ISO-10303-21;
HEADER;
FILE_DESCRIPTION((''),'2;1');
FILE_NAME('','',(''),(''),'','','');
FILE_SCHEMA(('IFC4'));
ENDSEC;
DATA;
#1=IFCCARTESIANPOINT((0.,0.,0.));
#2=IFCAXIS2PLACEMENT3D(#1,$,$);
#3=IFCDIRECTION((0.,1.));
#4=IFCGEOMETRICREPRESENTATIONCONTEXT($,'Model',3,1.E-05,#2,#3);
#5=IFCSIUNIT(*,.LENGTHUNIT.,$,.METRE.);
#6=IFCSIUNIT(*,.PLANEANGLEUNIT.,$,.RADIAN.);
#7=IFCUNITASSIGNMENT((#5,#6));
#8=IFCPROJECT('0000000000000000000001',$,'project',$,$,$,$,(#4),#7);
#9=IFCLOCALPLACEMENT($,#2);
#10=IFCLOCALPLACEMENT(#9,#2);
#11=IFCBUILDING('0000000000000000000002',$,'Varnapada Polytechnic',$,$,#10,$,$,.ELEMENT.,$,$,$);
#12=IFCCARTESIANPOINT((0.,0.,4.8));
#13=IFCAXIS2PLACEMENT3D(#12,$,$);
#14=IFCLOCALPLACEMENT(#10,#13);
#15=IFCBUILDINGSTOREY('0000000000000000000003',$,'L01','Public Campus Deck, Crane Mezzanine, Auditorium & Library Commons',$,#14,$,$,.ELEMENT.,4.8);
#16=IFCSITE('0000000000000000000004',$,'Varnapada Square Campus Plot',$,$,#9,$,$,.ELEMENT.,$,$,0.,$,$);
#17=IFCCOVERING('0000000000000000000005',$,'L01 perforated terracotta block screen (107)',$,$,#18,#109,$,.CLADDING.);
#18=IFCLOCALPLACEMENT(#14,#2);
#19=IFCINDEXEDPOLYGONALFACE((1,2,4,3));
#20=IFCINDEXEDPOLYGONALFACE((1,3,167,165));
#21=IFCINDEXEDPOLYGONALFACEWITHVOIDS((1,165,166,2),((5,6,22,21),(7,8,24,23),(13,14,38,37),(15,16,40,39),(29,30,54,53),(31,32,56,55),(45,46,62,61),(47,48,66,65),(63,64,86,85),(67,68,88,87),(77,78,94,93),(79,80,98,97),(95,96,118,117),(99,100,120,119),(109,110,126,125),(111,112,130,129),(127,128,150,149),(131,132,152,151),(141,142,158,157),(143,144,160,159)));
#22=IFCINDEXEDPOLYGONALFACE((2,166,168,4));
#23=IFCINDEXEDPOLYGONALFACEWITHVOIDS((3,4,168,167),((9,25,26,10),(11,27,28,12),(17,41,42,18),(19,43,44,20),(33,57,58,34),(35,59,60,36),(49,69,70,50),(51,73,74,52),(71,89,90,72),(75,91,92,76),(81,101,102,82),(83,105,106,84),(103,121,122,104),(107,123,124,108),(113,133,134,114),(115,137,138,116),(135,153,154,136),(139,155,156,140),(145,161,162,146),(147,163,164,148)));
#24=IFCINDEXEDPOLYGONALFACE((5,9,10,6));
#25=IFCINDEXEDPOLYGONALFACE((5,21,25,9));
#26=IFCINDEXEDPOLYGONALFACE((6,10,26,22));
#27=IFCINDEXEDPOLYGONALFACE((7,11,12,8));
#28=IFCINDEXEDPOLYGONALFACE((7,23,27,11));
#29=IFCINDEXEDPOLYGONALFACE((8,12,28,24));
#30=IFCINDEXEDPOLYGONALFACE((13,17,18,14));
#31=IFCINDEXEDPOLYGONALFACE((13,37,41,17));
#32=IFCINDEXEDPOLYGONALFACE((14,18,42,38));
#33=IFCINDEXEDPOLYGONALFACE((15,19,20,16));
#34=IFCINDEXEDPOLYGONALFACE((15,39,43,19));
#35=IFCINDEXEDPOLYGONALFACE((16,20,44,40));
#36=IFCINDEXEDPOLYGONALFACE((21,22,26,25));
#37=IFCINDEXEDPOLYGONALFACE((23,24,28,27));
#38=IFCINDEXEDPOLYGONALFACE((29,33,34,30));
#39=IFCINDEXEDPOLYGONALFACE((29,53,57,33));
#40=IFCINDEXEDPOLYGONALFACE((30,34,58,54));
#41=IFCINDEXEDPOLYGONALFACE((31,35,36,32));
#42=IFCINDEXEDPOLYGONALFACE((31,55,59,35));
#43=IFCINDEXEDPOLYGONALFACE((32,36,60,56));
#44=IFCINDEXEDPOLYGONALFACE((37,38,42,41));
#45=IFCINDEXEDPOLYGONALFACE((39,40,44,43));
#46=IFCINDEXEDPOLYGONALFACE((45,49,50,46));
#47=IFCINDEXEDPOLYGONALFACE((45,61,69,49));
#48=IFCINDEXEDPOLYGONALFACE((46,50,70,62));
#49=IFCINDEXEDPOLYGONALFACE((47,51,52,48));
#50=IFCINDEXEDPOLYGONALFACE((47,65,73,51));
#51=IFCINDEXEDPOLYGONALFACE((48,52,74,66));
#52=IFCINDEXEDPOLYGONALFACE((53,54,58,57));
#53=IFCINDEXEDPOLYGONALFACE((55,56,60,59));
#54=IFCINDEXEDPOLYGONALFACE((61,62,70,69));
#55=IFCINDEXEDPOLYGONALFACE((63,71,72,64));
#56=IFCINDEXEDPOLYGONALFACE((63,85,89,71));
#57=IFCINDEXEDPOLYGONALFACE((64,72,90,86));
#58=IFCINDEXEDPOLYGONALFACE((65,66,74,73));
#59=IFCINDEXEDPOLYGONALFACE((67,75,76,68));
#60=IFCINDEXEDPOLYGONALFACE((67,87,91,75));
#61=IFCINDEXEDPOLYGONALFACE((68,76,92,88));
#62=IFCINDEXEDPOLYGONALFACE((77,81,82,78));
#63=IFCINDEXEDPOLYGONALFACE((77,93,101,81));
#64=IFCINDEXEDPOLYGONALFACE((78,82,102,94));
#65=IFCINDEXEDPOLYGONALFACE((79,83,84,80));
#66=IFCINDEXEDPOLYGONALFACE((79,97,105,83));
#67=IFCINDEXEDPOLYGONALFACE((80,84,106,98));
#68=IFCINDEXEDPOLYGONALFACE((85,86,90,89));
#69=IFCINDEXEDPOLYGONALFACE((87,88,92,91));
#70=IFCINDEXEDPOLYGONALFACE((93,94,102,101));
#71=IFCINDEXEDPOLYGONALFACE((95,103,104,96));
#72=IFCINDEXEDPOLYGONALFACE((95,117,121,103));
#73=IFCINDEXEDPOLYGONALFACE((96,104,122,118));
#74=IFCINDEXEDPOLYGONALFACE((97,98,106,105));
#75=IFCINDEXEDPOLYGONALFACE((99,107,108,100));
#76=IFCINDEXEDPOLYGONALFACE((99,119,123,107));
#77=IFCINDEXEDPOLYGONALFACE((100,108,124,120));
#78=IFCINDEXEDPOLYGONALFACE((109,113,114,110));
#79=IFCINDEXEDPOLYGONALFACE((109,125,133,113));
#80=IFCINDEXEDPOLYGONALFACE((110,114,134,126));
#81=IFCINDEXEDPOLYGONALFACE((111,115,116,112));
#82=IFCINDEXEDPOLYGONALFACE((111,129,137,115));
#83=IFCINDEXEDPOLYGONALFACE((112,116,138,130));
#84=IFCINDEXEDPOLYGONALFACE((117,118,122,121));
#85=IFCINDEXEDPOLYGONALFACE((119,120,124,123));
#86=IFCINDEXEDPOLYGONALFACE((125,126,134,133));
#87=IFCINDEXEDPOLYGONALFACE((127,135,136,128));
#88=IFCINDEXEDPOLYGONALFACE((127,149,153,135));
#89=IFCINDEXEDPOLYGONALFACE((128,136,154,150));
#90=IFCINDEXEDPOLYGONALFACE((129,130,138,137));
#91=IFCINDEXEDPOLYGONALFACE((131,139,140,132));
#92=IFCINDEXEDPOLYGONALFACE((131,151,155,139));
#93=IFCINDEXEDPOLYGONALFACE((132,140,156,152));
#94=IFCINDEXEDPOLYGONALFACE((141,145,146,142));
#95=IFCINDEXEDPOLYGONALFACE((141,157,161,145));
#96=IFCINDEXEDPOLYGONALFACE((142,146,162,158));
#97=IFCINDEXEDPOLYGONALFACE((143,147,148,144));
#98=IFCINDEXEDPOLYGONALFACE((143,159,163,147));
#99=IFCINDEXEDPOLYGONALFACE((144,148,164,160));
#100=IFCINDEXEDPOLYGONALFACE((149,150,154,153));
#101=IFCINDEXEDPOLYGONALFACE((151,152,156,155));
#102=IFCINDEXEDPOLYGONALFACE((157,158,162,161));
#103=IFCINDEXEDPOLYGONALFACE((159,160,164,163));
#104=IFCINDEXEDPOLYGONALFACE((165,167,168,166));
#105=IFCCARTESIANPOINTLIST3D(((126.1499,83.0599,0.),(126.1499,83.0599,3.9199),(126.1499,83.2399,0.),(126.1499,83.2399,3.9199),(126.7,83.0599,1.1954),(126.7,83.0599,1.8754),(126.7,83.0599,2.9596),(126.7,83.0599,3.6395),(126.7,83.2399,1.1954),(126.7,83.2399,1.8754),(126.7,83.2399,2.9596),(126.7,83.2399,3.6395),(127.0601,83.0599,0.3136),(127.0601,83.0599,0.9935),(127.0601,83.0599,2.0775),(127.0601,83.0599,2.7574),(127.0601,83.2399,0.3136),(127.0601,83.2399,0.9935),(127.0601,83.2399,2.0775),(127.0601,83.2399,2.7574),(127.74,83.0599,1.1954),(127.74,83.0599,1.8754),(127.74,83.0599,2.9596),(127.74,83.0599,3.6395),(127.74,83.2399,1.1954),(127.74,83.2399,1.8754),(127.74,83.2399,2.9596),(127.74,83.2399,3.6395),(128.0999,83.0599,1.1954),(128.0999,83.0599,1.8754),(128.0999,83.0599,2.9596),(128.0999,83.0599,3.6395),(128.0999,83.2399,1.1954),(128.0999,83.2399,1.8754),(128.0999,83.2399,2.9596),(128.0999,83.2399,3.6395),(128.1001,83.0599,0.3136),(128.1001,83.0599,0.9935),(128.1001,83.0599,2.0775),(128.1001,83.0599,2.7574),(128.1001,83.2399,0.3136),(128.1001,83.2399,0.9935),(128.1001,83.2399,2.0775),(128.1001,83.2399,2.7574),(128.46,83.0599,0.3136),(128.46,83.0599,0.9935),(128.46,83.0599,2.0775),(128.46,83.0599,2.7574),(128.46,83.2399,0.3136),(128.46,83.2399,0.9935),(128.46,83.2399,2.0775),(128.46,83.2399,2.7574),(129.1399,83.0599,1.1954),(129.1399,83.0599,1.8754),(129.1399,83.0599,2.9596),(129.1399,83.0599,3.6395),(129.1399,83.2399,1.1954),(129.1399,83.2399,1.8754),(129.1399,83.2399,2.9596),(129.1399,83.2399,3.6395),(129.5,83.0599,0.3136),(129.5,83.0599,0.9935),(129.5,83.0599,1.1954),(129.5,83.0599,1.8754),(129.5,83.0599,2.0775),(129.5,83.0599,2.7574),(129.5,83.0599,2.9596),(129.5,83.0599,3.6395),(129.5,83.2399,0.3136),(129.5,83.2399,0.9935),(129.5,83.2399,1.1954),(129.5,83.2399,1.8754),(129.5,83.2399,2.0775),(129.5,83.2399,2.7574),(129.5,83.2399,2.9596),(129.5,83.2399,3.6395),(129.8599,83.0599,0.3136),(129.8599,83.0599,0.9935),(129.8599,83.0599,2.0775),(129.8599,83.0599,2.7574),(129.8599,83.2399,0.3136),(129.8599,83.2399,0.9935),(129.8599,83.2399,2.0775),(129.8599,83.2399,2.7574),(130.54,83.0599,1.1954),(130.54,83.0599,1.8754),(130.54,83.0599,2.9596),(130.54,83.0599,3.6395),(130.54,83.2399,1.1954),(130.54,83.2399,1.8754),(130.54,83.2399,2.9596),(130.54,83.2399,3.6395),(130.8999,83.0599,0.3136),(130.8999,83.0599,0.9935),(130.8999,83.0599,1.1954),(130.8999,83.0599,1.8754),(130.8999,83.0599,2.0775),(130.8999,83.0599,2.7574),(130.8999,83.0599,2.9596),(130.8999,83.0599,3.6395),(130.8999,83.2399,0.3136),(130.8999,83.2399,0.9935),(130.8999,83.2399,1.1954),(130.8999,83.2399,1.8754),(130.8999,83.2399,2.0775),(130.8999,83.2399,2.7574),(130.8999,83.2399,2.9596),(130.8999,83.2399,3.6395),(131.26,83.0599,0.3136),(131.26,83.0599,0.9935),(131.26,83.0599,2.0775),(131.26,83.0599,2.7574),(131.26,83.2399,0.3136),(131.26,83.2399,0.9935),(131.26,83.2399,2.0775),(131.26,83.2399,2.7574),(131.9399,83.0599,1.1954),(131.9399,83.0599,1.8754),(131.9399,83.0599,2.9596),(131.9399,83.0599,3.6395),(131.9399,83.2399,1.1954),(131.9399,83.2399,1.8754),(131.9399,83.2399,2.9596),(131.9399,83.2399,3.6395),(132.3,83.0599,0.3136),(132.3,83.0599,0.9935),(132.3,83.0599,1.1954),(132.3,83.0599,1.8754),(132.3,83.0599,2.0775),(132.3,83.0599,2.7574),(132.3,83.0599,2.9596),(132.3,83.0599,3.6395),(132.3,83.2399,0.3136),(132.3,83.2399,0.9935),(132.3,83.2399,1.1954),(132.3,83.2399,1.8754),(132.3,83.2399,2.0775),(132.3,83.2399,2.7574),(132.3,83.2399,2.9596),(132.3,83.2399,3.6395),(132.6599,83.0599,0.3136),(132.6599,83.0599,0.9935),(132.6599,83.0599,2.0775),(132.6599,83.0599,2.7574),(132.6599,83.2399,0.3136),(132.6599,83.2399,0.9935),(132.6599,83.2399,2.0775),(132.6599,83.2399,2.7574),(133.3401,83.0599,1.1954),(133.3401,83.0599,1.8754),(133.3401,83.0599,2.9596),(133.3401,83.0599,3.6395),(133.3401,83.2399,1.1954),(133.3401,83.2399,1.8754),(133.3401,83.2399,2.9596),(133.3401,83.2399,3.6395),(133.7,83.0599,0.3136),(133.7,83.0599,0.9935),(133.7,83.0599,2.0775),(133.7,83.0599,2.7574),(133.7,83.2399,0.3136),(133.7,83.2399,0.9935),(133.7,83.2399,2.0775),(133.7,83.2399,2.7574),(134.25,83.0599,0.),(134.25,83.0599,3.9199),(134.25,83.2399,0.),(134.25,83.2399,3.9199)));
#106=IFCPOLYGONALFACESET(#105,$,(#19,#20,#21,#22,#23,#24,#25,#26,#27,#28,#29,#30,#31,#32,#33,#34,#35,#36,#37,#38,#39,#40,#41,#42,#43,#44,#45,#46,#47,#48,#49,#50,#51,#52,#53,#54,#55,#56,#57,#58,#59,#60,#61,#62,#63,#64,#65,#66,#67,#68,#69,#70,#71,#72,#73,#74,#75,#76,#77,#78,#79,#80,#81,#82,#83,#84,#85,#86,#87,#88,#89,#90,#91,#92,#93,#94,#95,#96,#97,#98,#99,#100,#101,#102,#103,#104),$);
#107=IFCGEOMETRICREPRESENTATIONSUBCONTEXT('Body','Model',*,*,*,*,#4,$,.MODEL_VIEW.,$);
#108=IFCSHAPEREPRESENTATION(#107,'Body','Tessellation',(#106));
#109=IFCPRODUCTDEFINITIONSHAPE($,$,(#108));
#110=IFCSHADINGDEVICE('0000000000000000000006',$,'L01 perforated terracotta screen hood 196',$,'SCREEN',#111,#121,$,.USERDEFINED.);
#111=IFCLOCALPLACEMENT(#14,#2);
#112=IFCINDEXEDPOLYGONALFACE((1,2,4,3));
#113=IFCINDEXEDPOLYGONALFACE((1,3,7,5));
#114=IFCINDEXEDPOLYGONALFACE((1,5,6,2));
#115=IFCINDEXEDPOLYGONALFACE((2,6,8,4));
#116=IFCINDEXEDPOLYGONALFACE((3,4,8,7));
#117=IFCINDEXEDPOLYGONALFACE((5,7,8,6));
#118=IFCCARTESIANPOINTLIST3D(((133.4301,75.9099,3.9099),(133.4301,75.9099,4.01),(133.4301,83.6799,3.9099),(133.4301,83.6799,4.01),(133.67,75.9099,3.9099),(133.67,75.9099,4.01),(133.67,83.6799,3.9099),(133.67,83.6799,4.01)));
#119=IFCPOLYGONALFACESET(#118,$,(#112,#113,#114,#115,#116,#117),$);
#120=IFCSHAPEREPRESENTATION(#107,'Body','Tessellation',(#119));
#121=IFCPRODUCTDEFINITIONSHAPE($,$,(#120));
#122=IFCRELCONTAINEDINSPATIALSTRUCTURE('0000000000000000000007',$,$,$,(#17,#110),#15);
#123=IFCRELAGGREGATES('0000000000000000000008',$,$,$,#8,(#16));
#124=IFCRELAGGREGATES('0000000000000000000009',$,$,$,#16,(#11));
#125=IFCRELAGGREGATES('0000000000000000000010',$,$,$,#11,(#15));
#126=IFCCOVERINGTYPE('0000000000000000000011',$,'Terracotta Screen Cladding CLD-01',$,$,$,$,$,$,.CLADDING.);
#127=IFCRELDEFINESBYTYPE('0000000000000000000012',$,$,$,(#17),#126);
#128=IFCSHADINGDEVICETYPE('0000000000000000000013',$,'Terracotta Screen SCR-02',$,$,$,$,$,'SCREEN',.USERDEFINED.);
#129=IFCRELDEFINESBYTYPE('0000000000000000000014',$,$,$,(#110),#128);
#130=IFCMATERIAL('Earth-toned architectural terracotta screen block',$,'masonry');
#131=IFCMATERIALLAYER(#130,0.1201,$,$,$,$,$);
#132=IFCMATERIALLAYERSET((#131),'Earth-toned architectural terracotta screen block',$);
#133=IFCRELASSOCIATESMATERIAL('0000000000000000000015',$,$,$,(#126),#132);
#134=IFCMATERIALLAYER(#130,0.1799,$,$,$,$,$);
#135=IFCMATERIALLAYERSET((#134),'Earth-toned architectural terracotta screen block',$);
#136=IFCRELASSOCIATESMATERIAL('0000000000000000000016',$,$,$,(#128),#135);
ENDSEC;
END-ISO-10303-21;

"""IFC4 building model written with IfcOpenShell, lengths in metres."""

from ifc_helpers import new_model, si_unit, direction, frame, frame_2d, origin, origin_2d, place, context, subcontext, project, spatial, rectangle, extrude, material, layer, layer_set, type_object, element, save


model = new_model("IFC4")

# Units and contexts
model_context = context("Model", 3, precision=1e-05, world=origin(), true_north=direction((0.0, 1.0)))
body_context = subcontext(model_context, "Body", "Model", "MODEL_VIEW")
ifc_project = project(units=[si_unit("LENGTHUNIT", "METRE"), si_unit("PLANEANGLEUNIT", "RADIAN")], contexts=[model_context])

# Site, building, storey
site_placement = place(None, origin())
site = spatial("IfcSite", under=ifc_project, at=site_placement, Name="Varnapada Square Campus Plot", CompositionType="ELEMENT", RefElevation=0.0)
building_placement = place(site_placement, origin())
building = spatial("IfcBuilding", under=site, at=building_placement, Name="Varnapada Polytechnic", CompositionType="ELEMENT")
storey_placement = place(building_placement, frame((0.0, 0.0, 4.8)))
storey = spatial("IfcBuildingStorey", under=building, at=storey_placement, Name="L01", Description="Public Campus Deck, Crane Mezzanine, Auditorium & Library Commons", CompositionType="ELEMENT", Elevation=4.8)

# Covering, openings
ifc_material_1 = material(Name="Earth-toned architectural terracotta screen block", Category="masonry")
ifc_layer_1 = layer(ifc_material_1, 0.1201)
ifc_layer_set_1 = layer_set([ifc_layer_1], Name="Earth-toned architectural terracotta screen block")
covering_type = type_object("IfcCoveringType", Name="Terracotta Screen Cladding CLD-01", PredefinedType="CLADDING", material=ifc_layer_set_1)
covering_placement = place(storey_placement, frame((134.25, 83.1499, 0.0), z_axis=(0.0, 0.0, 1.0), x_axis=(-1.0, 0.0, 0.0)))
covering = element("IfcCovering", 1, at=covering_placement, inside=storey, type_object=covering_type, Name="L01 perforated terracotta block screen (107)", PredefinedType="CLADDING", context=body_context, shape_type="SweptSolid", body=[
    extrude(rectangle(XDim=8.1001, YDim=0.1799, at=frame_2d((4.05, 0.0))), origin(), (0.0, 0.0, 1.0), 3.9199),
])
opening_1_placement = place(covering_placement, frame((0.55, 0.0, 0.3137)))
element("IfcOpeningElement", 2, at=opening_1_placement, cuts=covering, PredefinedType="OPENING", context=body_context, shape_type="SweptSolid", body=[
    extrude(rectangle(XDim=1.04, YDim=0.6799, at=frame_2d((0.52, 0.3398))), frame((0.0, 0.0999, 0.0), z_axis=(0.0, -1.0, 0.0), x_axis=(1.0, 0.0, 0.0)), (0.0, 0.0, 1.0), 0.2),
])
opening_2_placement = place(covering_placement, frame((1.95, 0.0, 0.3137)))
element("IfcOpeningElement", 3, at=opening_2_placement, cuts=covering, PredefinedType="OPENING", context=body_context, shape_type="SweptSolid", body=[
    extrude(rectangle(XDim=1.04, YDim=0.6799, at=frame_2d((0.52, 0.3398))), frame((0.0, 0.0999, 0.0), z_axis=(0.0, -1.0, 0.0), x_axis=(1.0, 0.0, 0.0)), (0.0, 0.0, 1.0), 0.2),
])
opening_3_placement = place(covering_placement, frame((3.3501, 0.0, 0.3137)))
element("IfcOpeningElement", 4, at=opening_3_placement, cuts=covering, PredefinedType="OPENING", context=body_context, shape_type="SweptSolid", body=[
    extrude(rectangle(XDim=1.04, YDim=0.6799, at=frame_2d((0.52, 0.3398))), frame((0.0, 0.0999, 0.0), z_axis=(0.0, -1.0, 0.0), x_axis=(1.0, 0.0, 0.0)), (0.0, 0.0, 1.0), 0.2),
])
opening_4_placement = place(covering_placement, frame((4.75, 0.0, 0.3137)))
element("IfcOpeningElement", 5, at=opening_4_placement, cuts=covering, PredefinedType="OPENING", context=body_context, shape_type="SweptSolid", body=[
    extrude(rectangle(XDim=1.04, YDim=0.6799, at=frame_2d((0.52, 0.3398))), frame((0.0, 0.0999, 0.0), z_axis=(0.0, -1.0, 0.0), x_axis=(1.0, 0.0, 0.0)), (0.0, 0.0, 1.0), 0.2),
])
opening_5_placement = place(covering_placement, frame((6.1499, 0.0, 0.3137)))
element("IfcOpeningElement", 6, at=opening_5_placement, cuts=covering, PredefinedType="OPENING", context=body_context, shape_type="SweptSolid", body=[
    extrude(rectangle(XDim=1.04, YDim=0.6799, at=frame_2d((0.52, 0.3398))), frame((0.0, 0.0999, 0.0), z_axis=(0.0, -1.0, 0.0), x_axis=(1.0, 0.0, 0.0)), (0.0, 0.0, 1.0), 0.2),
])
opening_6_placement = place(covering_placement, frame((0.9099, 0.0, 1.1956)))
element("IfcOpeningElement", 7, at=opening_6_placement, cuts=covering, PredefinedType="OPENING", context=body_context, shape_type="SweptSolid", body=[
    extrude(rectangle(XDim=1.04, YDim=0.6799, at=frame_2d((0.52, 0.3398))), frame((0.0, 0.0999, 0.0), z_axis=(0.0, -1.0, 0.0), x_axis=(1.0, 0.0, 0.0)), (0.0, 0.0, 1.0), 0.2),
])
opening_7_placement = place(covering_placement, frame((2.3101, 0.0, 1.1956)))
element("IfcOpeningElement", 8, at=opening_7_placement, cuts=covering, PredefinedType="OPENING", context=body_context, shape_type="SweptSolid", body=[
    extrude(rectangle(XDim=1.04, YDim=0.6799, at=frame_2d((0.52, 0.3398))), frame((0.0, 0.0999, 0.0), z_axis=(0.0, -1.0, 0.0), x_axis=(1.0, 0.0, 0.0)), (0.0, 0.0, 1.0), 0.2),
])
opening_8_placement = place(covering_placement, frame((3.71, 0.0, 1.1956)))
element("IfcOpeningElement", 9, at=opening_8_placement, cuts=covering, PredefinedType="OPENING", context=body_context, shape_type="SweptSolid", body=[
    extrude(rectangle(XDim=1.04, YDim=0.6799, at=frame_2d((0.52, 0.3398))), frame((0.0, 0.0999, 0.0), z_axis=(0.0, -1.0, 0.0), x_axis=(1.0, 0.0, 0.0)), (0.0, 0.0, 1.0), 0.2),
])
opening_9_placement = place(covering_placement, frame((5.1101, 0.0, 1.1956)))
element("IfcOpeningElement", 10, at=opening_9_placement, cuts=covering, PredefinedType="OPENING", context=body_context, shape_type="SweptSolid", body=[
    extrude(rectangle(XDim=1.04, YDim=0.6799, at=frame_2d((0.52, 0.3398))), frame((0.0, 0.0999, 0.0), z_axis=(0.0, -1.0, 0.0), x_axis=(1.0, 0.0, 0.0)), (0.0, 0.0, 1.0), 0.2),
])
opening_10_placement = place(covering_placement, frame((6.51, 0.0, 1.1956)))
element("IfcOpeningElement", 11, at=opening_10_placement, cuts=covering, PredefinedType="OPENING", context=body_context, shape_type="SweptSolid", body=[
    extrude(rectangle(XDim=1.04, YDim=0.6799, at=frame_2d((0.52, 0.3398))), frame((0.0, 0.0999, 0.0), z_axis=(0.0, -1.0, 0.0), x_axis=(1.0, 0.0, 0.0)), (0.0, 0.0, 1.0), 0.2),
])
opening_11_placement = place(covering_placement, frame((0.55, 0.0, 2.0776)))
element("IfcOpeningElement", 12, at=opening_11_placement, cuts=covering, PredefinedType="OPENING", context=body_context, shape_type="SweptSolid", body=[
    extrude(rectangle(XDim=1.04, YDim=0.6799, at=frame_2d((0.52, 0.3398))), frame((0.0, 0.0999, 0.0), z_axis=(0.0, -1.0, 0.0), x_axis=(1.0, 0.0, 0.0)), (0.0, 0.0, 1.0), 0.2),
])
opening_12_placement = place(covering_placement, frame((1.95, 0.0, 2.0776)))
element("IfcOpeningElement", 13, at=opening_12_placement, cuts=covering, PredefinedType="OPENING", context=body_context, shape_type="SweptSolid", body=[
    extrude(rectangle(XDim=1.04, YDim=0.6799, at=frame_2d((0.52, 0.3398))), frame((0.0, 0.0999, 0.0), z_axis=(0.0, -1.0, 0.0), x_axis=(1.0, 0.0, 0.0)), (0.0, 0.0, 1.0), 0.2),
])
opening_13_placement = place(covering_placement, frame((3.3501, 0.0, 2.0776)))
element("IfcOpeningElement", 14, at=opening_13_placement, cuts=covering, PredefinedType="OPENING", context=body_context, shape_type="SweptSolid", body=[
    extrude(rectangle(XDim=1.04, YDim=0.6799, at=frame_2d((0.52, 0.3398))), frame((0.0, 0.0999, 0.0), z_axis=(0.0, -1.0, 0.0), x_axis=(1.0, 0.0, 0.0)), (0.0, 0.0, 1.0), 0.2),
])
opening_14_placement = place(covering_placement, frame((4.75, 0.0, 2.0776)))
element("IfcOpeningElement", 15, at=opening_14_placement, cuts=covering, PredefinedType="OPENING", context=body_context, shape_type="SweptSolid", body=[
    extrude(rectangle(XDim=1.04, YDim=0.6799, at=frame_2d((0.52, 0.3398))), frame((0.0, 0.0999, 0.0), z_axis=(0.0, -1.0, 0.0), x_axis=(1.0, 0.0, 0.0)), (0.0, 0.0, 1.0), 0.2),
])
opening_15_placement = place(covering_placement, frame((6.1499, 0.0, 2.0776)))
element("IfcOpeningElement", 16, at=opening_15_placement, cuts=covering, PredefinedType="OPENING", context=body_context, shape_type="SweptSolid", body=[
    extrude(rectangle(XDim=1.04, YDim=0.6799, at=frame_2d((0.52, 0.3398))), frame((0.0, 0.0999, 0.0), z_axis=(0.0, -1.0, 0.0), x_axis=(1.0, 0.0, 0.0)), (0.0, 0.0, 1.0), 0.2),
])
opening_16_placement = place(covering_placement, frame((0.9099, 0.0, 2.9597)))
element("IfcOpeningElement", 17, at=opening_16_placement, cuts=covering, PredefinedType="OPENING", context=body_context, shape_type="SweptSolid", body=[
    extrude(rectangle(XDim=1.04, YDim=0.6799, at=frame_2d((0.52, 0.3398))), frame((0.0, 0.0999, 0.0), z_axis=(0.0, -1.0, 0.0), x_axis=(1.0, 0.0, 0.0)), (0.0, 0.0, 1.0), 0.2),
])
opening_17_placement = place(covering_placement, frame((2.3101, 0.0, 2.9597)))
element("IfcOpeningElement", 18, at=opening_17_placement, cuts=covering, PredefinedType="OPENING", context=body_context, shape_type="SweptSolid", body=[
    extrude(rectangle(XDim=1.04, YDim=0.6799, at=frame_2d((0.52, 0.3398))), frame((0.0, 0.0999, 0.0), z_axis=(0.0, -1.0, 0.0), x_axis=(1.0, 0.0, 0.0)), (0.0, 0.0, 1.0), 0.2),
])
opening_18_placement = place(covering_placement, frame((3.71, 0.0, 2.9597)))
element("IfcOpeningElement", 19, at=opening_18_placement, cuts=covering, PredefinedType="OPENING", context=body_context, shape_type="SweptSolid", body=[
    extrude(rectangle(XDim=1.04, YDim=0.6799, at=frame_2d((0.52, 0.3398))), frame((0.0, 0.0999, 0.0), z_axis=(0.0, -1.0, 0.0), x_axis=(1.0, 0.0, 0.0)), (0.0, 0.0, 1.0), 0.2),
])
opening_19_placement = place(covering_placement, frame((5.1101, 0.0, 2.9597)))
element("IfcOpeningElement", 20, at=opening_19_placement, cuts=covering, PredefinedType="OPENING", context=body_context, shape_type="SweptSolid", body=[
    extrude(rectangle(XDim=1.04, YDim=0.6799, at=frame_2d((0.52, 0.3398))), frame((0.0, 0.0999, 0.0), z_axis=(0.0, -1.0, 0.0), x_axis=(1.0, 0.0, 0.0)), (0.0, 0.0, 1.0), 0.2),
])
opening_20_placement = place(covering_placement, frame((6.51, 0.0, 2.9597)))
element("IfcOpeningElement", 21, at=opening_20_placement, cuts=covering, PredefinedType="OPENING", context=body_context, shape_type="SweptSolid", body=[
    extrude(rectangle(XDim=1.04, YDim=0.6799, at=frame_2d((0.52, 0.3398))), frame((0.0, 0.0999, 0.0), z_axis=(0.0, -1.0, 0.0), x_axis=(1.0, 0.0, 0.0)), (0.0, 0.0, 1.0), 0.2),
])

# Shading device
ifc_layer_2 = layer(ifc_material_1, 0.1799)
ifc_layer_set_2 = layer_set([ifc_layer_2], Name="Earth-toned architectural terracotta screen block")
shading_device_type = type_object("IfcShadingDeviceType", Name="Terracotta Screen SCR-02", ElementType="SCREEN", PredefinedType="USERDEFINED", material=ifc_layer_set_2)
shading_device_placement = place(storey_placement, frame((133.55, 79.7949, 3.9099), z_axis=(0.0, 0.0, 1.0), x_axis=(0.0, 1.0, 0.0)))
element("IfcShadingDevice", 22, at=shading_device_placement, inside=storey, type_object=shading_device_type, Name="L01 perforated terracotta screen hood 196", ObjectType="SCREEN", PredefinedType="USERDEFINED", context=body_context, shape_type="SweptSolid", body=[
    extrude(rectangle(XDim=7.77, YDim=0.24, at=origin_2d()), origin(), (0.0, 0.0, 1.0), 0.1001),
])

save(model, "model.ifc")
